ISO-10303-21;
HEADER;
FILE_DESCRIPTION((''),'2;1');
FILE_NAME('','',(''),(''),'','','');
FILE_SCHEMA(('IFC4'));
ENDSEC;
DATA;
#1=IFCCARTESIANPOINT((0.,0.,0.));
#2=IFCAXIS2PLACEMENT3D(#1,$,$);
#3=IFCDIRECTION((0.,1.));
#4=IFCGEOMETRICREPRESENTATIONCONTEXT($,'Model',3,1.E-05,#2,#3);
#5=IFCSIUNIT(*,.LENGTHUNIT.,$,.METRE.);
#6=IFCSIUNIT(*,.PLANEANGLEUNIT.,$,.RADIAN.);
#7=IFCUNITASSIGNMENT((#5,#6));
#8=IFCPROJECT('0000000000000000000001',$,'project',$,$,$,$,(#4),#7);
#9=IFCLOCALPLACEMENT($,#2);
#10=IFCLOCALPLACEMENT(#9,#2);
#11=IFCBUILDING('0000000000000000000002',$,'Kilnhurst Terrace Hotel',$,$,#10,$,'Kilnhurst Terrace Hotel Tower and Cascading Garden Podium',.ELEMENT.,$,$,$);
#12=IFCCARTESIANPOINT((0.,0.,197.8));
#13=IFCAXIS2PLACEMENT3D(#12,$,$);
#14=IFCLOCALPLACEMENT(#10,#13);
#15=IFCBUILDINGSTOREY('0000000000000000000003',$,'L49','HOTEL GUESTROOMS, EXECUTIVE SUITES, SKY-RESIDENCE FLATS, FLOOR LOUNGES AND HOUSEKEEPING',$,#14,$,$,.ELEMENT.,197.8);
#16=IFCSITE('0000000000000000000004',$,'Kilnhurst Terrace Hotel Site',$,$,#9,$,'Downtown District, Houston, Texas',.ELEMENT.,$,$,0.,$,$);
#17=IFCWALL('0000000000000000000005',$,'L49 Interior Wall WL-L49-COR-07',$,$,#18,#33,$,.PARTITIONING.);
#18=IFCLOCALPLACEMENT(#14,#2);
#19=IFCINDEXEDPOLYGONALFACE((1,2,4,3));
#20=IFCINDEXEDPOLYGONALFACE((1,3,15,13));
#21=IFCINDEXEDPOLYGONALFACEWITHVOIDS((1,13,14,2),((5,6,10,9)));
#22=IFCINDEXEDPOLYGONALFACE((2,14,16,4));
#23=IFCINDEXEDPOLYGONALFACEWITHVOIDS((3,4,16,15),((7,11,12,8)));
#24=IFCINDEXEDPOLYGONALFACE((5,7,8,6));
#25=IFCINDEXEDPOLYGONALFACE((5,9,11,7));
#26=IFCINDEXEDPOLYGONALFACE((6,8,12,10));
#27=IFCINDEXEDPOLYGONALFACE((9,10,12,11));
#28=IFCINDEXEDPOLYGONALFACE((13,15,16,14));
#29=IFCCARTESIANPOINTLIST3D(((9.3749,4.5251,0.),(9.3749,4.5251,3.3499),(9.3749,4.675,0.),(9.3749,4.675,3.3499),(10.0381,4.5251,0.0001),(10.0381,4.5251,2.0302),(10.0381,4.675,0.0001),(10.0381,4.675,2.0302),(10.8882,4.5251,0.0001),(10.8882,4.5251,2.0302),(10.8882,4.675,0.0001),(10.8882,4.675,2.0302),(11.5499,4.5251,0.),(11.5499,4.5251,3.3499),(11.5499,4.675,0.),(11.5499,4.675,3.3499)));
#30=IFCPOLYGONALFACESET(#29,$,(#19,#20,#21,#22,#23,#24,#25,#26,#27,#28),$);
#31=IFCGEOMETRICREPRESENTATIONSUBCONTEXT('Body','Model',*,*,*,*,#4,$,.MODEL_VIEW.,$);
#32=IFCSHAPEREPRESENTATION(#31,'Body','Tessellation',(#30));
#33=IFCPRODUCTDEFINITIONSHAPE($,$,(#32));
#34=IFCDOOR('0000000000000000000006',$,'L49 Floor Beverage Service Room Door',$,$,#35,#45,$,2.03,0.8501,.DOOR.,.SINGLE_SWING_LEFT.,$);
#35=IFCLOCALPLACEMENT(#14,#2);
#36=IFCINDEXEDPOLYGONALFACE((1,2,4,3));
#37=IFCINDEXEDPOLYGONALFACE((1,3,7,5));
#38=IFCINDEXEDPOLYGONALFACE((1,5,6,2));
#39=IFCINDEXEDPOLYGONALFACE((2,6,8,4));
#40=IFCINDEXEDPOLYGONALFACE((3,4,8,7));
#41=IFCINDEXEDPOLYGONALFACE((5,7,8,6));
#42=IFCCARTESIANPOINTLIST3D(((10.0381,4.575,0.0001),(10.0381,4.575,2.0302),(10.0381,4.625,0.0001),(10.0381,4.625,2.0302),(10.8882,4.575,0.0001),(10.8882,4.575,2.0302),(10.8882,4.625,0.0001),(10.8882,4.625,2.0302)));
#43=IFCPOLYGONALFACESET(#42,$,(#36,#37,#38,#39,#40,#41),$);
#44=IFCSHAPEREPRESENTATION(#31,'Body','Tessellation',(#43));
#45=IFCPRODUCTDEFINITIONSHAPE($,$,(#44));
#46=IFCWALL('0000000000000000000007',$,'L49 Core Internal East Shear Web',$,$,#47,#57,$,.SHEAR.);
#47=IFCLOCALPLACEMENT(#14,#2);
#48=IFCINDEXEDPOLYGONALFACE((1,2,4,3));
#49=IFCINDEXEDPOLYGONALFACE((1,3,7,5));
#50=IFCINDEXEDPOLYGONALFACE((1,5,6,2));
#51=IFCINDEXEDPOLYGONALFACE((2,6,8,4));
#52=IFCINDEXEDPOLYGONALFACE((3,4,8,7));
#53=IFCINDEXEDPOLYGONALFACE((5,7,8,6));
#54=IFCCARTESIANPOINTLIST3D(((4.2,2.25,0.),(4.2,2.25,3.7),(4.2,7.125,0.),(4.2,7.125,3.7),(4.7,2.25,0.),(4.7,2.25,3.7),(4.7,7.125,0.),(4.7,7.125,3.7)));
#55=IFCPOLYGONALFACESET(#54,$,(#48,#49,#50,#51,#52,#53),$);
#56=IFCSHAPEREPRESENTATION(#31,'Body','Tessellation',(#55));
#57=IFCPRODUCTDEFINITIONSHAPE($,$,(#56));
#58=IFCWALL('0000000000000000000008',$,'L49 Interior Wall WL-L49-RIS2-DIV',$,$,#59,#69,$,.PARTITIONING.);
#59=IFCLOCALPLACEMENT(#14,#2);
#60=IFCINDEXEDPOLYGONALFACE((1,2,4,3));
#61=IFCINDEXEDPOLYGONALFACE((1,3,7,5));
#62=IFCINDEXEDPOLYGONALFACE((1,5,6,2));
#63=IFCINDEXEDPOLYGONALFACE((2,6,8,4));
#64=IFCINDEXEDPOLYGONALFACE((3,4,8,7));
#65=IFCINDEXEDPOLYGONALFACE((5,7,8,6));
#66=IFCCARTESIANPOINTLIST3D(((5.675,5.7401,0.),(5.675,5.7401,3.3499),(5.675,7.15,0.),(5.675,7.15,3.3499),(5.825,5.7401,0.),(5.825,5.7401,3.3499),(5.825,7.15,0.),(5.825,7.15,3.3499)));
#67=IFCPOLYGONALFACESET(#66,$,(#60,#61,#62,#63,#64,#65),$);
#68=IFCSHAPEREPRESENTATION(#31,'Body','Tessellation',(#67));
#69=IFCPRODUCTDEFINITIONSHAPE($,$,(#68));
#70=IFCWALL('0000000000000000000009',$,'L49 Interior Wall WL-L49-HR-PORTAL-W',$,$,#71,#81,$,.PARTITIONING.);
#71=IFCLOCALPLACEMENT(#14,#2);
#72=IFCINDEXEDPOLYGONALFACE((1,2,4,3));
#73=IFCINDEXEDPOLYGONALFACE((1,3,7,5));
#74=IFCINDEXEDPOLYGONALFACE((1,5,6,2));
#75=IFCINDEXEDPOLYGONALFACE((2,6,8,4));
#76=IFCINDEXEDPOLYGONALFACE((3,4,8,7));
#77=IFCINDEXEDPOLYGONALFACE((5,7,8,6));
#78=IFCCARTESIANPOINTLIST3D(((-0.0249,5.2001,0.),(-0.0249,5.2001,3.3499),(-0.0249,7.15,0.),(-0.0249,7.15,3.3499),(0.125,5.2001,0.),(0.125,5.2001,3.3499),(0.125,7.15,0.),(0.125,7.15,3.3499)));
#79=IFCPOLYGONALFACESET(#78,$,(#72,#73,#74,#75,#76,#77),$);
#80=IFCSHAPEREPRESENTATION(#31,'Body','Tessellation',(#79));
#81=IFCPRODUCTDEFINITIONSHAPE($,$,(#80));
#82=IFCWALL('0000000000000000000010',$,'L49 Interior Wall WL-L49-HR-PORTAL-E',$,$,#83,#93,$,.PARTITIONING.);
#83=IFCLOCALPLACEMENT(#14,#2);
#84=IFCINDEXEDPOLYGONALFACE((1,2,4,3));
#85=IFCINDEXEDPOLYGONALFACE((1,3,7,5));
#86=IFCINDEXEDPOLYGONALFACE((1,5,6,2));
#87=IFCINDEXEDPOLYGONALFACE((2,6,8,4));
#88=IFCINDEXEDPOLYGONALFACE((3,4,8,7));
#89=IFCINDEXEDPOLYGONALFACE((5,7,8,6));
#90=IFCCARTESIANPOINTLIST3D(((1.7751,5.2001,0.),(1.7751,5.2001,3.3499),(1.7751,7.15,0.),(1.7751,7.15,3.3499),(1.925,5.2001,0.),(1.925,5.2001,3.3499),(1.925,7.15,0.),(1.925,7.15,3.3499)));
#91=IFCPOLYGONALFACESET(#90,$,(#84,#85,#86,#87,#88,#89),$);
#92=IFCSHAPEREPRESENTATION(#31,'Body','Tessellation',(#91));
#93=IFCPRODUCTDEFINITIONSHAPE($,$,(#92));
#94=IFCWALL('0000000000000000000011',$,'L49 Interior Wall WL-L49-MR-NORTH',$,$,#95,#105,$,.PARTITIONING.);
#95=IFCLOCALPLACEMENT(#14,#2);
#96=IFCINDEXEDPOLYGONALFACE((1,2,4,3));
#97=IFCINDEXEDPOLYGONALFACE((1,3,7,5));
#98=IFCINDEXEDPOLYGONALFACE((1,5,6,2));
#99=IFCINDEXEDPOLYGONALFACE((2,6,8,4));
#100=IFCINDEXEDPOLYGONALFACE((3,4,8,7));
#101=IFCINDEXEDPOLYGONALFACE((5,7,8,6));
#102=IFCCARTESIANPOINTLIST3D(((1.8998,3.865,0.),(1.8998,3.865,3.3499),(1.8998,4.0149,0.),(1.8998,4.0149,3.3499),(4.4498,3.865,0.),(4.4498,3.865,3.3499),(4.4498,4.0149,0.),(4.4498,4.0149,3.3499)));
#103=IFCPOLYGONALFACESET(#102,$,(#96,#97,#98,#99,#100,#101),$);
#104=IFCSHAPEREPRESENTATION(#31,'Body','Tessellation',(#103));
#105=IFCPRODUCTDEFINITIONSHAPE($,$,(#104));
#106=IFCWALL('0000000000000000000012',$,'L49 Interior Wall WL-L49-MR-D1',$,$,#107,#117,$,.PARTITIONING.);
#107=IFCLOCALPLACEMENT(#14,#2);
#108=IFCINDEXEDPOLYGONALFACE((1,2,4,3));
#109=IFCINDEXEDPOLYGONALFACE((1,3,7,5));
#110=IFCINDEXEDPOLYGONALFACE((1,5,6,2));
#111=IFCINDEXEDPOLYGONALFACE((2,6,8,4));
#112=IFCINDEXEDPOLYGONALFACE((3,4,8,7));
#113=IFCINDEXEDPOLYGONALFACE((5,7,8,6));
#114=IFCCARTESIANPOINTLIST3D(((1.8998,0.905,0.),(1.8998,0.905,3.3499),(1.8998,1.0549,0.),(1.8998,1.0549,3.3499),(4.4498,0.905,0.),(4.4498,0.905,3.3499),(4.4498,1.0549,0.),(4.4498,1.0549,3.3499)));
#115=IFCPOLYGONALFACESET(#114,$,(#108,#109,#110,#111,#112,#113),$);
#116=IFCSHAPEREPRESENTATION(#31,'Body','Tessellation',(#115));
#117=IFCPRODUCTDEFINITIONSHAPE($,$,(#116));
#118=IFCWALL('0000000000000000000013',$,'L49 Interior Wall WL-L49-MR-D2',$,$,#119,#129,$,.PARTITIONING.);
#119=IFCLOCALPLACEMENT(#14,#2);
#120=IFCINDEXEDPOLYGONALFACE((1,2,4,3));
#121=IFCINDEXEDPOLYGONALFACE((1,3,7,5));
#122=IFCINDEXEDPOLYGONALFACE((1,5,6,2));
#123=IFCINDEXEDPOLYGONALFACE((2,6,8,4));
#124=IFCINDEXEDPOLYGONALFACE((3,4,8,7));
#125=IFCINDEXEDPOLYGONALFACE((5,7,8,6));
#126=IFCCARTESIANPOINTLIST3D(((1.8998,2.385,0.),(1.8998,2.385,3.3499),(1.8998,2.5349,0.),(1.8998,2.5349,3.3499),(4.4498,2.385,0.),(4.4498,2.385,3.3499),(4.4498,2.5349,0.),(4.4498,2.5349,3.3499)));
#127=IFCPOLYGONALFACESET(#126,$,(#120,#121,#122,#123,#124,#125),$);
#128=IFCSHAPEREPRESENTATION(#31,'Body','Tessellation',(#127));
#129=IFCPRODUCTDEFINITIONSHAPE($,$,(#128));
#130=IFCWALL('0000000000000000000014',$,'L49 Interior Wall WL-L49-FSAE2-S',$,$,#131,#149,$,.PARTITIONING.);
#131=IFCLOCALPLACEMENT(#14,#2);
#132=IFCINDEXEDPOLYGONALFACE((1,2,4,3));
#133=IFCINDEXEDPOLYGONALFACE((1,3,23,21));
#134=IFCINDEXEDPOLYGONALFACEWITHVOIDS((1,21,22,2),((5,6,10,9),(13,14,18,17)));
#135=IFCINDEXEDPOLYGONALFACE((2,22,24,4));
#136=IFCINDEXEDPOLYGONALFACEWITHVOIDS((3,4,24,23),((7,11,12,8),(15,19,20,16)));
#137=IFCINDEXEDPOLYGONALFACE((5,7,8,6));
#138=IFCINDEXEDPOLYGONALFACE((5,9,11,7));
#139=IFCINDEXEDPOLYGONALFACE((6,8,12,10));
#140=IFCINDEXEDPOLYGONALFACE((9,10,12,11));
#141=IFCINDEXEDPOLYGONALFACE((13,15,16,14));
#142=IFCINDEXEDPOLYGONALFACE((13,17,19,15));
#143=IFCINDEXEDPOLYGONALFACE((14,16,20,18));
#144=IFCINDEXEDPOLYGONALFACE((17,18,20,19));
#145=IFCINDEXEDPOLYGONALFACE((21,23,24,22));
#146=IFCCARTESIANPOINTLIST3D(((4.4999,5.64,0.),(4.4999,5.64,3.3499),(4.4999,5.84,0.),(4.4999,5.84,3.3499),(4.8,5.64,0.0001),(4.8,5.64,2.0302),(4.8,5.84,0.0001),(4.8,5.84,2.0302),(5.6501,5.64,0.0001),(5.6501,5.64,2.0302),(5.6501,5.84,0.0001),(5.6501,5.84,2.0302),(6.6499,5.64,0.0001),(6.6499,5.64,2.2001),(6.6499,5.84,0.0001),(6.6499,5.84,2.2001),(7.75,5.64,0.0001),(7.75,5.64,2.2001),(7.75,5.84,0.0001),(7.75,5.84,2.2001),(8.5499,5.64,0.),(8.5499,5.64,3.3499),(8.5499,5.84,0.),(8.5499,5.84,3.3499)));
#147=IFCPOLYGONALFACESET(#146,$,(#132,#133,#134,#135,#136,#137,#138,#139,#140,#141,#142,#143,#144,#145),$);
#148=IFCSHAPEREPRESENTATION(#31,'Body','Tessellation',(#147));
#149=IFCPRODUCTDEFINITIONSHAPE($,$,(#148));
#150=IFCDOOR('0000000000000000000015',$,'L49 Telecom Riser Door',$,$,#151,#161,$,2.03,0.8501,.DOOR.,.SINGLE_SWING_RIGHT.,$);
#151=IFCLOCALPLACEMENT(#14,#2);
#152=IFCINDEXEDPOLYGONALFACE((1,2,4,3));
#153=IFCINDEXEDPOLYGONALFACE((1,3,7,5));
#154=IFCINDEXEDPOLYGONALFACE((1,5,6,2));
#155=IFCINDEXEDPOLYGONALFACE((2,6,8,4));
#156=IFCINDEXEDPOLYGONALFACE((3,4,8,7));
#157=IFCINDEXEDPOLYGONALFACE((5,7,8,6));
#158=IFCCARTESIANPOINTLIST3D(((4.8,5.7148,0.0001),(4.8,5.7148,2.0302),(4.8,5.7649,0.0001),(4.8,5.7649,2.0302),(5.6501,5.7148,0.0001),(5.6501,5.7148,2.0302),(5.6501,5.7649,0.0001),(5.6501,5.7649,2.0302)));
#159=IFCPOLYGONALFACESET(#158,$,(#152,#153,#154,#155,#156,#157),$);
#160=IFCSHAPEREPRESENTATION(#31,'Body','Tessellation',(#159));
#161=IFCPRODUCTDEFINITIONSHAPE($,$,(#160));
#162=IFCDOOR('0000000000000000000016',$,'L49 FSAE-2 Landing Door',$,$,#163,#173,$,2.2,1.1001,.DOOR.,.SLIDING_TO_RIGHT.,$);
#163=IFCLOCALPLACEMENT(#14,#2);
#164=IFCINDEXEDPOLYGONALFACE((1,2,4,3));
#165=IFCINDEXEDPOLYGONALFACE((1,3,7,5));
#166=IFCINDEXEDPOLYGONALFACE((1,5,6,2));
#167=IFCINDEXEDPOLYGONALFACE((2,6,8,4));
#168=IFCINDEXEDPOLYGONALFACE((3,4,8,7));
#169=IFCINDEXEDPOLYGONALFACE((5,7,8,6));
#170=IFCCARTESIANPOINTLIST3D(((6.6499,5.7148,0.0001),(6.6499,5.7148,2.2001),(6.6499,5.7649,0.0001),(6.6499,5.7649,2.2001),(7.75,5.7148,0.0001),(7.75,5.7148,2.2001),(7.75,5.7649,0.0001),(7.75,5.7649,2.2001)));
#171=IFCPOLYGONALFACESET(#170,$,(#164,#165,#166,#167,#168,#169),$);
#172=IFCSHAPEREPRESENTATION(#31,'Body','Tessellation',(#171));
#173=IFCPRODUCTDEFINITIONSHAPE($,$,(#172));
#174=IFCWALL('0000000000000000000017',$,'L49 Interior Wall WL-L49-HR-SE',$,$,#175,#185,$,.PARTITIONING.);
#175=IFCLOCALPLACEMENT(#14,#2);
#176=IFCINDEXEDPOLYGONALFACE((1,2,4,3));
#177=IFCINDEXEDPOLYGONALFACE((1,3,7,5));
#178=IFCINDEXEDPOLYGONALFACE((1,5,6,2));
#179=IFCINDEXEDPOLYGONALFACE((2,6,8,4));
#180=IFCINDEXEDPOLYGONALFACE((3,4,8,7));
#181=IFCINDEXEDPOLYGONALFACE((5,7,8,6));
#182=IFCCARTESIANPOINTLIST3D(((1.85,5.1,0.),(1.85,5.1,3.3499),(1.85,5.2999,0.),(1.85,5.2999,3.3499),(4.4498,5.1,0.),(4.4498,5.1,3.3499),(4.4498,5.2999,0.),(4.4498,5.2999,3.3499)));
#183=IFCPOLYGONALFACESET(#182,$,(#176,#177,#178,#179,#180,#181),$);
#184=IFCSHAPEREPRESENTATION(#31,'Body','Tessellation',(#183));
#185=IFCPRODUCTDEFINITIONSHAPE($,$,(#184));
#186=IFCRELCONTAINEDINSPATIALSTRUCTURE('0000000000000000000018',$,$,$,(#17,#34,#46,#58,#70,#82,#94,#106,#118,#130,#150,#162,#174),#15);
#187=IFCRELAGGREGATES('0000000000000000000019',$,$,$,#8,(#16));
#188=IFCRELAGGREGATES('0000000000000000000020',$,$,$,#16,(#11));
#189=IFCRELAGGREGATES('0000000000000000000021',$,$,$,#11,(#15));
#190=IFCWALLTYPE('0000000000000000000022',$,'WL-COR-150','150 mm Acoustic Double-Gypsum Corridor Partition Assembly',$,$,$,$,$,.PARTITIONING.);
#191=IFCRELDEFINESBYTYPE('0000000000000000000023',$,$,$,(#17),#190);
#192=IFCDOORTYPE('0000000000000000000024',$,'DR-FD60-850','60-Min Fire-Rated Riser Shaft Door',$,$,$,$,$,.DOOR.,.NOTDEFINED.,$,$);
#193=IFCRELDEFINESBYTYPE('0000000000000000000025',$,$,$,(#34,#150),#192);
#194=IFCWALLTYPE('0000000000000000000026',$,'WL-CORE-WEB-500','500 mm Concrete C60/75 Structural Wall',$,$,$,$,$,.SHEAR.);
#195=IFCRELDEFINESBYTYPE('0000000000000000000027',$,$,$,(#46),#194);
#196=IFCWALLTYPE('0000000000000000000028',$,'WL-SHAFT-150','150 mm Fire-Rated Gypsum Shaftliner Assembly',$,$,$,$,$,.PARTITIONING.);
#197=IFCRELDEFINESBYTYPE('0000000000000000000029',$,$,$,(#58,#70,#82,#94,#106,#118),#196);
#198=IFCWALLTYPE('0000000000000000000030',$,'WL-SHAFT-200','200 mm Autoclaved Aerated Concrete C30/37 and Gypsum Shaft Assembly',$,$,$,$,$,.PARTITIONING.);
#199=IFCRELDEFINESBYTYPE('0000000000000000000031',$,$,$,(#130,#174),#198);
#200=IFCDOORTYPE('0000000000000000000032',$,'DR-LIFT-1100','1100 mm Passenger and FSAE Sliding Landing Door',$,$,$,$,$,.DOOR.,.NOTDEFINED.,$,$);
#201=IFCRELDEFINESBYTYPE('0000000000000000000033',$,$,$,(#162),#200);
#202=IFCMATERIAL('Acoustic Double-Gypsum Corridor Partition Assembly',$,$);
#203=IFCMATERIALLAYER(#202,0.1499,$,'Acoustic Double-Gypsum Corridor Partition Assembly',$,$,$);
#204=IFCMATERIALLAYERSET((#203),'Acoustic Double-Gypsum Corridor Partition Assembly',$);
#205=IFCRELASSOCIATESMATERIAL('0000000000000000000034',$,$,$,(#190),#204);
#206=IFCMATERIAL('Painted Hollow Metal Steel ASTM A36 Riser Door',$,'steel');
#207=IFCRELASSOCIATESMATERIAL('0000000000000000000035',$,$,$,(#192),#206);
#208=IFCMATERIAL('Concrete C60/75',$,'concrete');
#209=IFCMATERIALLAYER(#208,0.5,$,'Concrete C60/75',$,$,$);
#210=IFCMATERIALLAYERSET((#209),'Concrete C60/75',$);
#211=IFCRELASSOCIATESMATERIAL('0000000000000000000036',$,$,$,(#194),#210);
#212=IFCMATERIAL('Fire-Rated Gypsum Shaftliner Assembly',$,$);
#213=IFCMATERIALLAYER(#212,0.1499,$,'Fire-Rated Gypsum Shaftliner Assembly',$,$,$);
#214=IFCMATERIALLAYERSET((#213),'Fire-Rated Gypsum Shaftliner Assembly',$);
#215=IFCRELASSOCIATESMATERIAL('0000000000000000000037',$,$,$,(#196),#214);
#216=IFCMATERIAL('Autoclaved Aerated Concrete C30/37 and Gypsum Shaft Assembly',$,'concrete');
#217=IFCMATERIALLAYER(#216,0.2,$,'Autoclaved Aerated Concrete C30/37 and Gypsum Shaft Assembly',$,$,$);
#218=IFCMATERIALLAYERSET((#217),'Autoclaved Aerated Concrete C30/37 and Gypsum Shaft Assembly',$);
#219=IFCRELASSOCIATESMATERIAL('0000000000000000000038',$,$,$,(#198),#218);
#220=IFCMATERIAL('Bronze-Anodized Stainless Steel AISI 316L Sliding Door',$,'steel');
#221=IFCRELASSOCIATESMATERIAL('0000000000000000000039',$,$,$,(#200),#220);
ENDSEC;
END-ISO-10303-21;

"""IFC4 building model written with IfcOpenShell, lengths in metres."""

from ifc_helpers import new_model, si_unit, direction, frame, frame_2d, origin, place, context, subcontext, project, spatial, rectangle, extrude, material, layer, layer_set, type_object, element, fill, save


model = new_model("IFC4")

# Units and contexts
model_context = context("Model", 3, precision=1e-05, world=origin(), true_north=direction((0.0, 1.0)))
body_context = subcontext(model_context, "Body", "Model", "MODEL_VIEW")
ifc_project = project(units=[si_unit("LENGTHUNIT", "METRE"), si_unit("PLANEANGLEUNIT", "RADIAN")], contexts=[model_context])

# Site, building, storey
site_placement = place(None, origin())
site = spatial("IfcSite", under=ifc_project, at=site_placement, Name="Kilnhurst Terrace Hotel Site", LongName="Downtown District, Houston, Texas", CompositionType="ELEMENT", RefElevation=0.0)
building_placement = place(site_placement, origin())
building = spatial("IfcBuilding", under=site, at=building_placement, Name="Kilnhurst Terrace Hotel", LongName="Kilnhurst Terrace Hotel Tower and Cascading Garden Podium", CompositionType="ELEMENT")
storey_placement = place(building_placement, frame((0.0, 0.0, 197.8)))
storey = spatial("IfcBuildingStorey", under=building, at=storey_placement, Name="L49", Description="HOTEL GUESTROOMS, EXECUTIVE SUITES, SKY-RESIDENCE FLATS, FLOOR LOUNGES AND HOUSEKEEPING", CompositionType="ELEMENT", Elevation=197.8)

# Wall, opening, door
ifc_material_1 = material(Name="Acoustic Double-Gypsum Corridor Partition Assembly")
ifc_layer_1 = layer(ifc_material_1, 0.1499, Name="Acoustic Double-Gypsum Corridor Partition Assembly")
ifc_layer_set_1 = layer_set([ifc_layer_1], Name="Acoustic Double-Gypsum Corridor Partition Assembly")
wall_type_1 = type_object("IfcWallType", Name="WL-COR-150", Description="150 mm Acoustic Double-Gypsum Corridor Partition Assembly", PredefinedType="PARTITIONING", material=ifc_layer_set_1)
wall_1_placement = place(storey_placement, frame((9.375, 4.6001, 0.0), z_axis=(0.0, 0.0, 1.0), x_axis=(1.0, 0.0, 0.0)))
wall_1 = element("IfcWall", 1, at=wall_1_placement, inside=storey, type_object=wall_type_1, Name="L49 Interior Wall WL-L49-COR-07", PredefinedType="PARTITIONING", context=body_context, shape_type="SweptSolid", body=[
    extrude(rectangle(XDim=2.175, YDim=0.1499, at=frame_2d((1.0874, 0.0))), origin(), (0.0, 0.0, 1.0), 3.3499),
])
opening_1_placement = place(wall_1_placement, frame((0.6631, 0.0, 0.0)))
opening_1 = element("IfcOpeningElement", 2, at=opening_1_placement, cuts=wall_1, PredefinedType="OPENING", context=body_context, shape_type="SweptSolid", body=[
    extrude(rectangle(XDim=0.8501, YDim=2.03, at=frame_2d((0.425, 1.0151))), frame((0.0, 0.085, 0.0), z_axis=(0.0, -1.0, 0.0), x_axis=(1.0, 0.0, 0.0)), (0.0, 0.0, 1.0), 0.1699),
])
ifc_material_2 = material(Name="Painted Hollow Metal Steel ASTM A36 Riser Door", Category="steel")
door_type_1 = type_object("IfcDoorType", Name="DR-FD60-850", Description="60-Min Fire-Rated Riser Shaft Door", OperationType="NOTDEFINED", PredefinedType="DOOR", material=ifc_material_2)
door_1_placement = place(opening_1_placement, origin())
door_1 = element("IfcDoor", 3, at=door_1_placement, inside=storey, type_object=door_type_1, Name="L49 Floor Beverage Service Room Door", OperationType="SINGLE_SWING_LEFT", OverallHeight=2.03, OverallWidth=0.8501, PredefinedType="DOOR", context=body_context, shape_type="SweptSolid", body=[
    extrude(rectangle(XDim=0.8501, YDim=2.03, at=frame_2d((0.425, 1.0151))), frame((0.0, 0.0249, 0.0), z_axis=(0.0, -1.0, 0.0), x_axis=(1.0, 0.0, 0.0)), (0.0, 0.0, 1.0), 0.05),
])
fill(opening_1, door_1)

# Walls
ifc_material_3 = material(Name="Concrete C60/75", Category="concrete")
ifc_layer_2 = layer(ifc_material_3, 0.5, Name="Concrete C60/75")
ifc_layer_set_2 = layer_set([ifc_layer_2], Name="Concrete C60/75")
wall_type_2 = type_object("IfcWallType", Name="WL-CORE-WEB-500", Description="500 mm Concrete C60/75 Structural Wall", PredefinedType="SHEAR", material=ifc_layer_set_2)
wall_2_placement = place(storey_placement, frame((4.45, 2.25, 0.0), z_axis=(0.0, 0.0, 1.0), x_axis=(0.0, 1.0, 0.0)))
element("IfcWall", 4, at=wall_2_placement, inside=storey, type_object=wall_type_2, Name="L49 Core Internal East Shear Web", PredefinedType="SHEAR", context=body_context, shape_type="SweptSolid", body=[
    extrude(rectangle(XDim=4.875, YDim=0.5, at=frame_2d((2.4375, 0.0))), origin(), (0.0, 0.0, 1.0), 3.7),
])
ifc_material_4 = material(Name="Fire-Rated Gypsum Shaftliner Assembly")
ifc_layer_3 = layer(ifc_material_4, 0.1499, Name="Fire-Rated Gypsum Shaftliner Assembly")
ifc_layer_set_3 = layer_set([ifc_layer_3], Name="Fire-Rated Gypsum Shaftliner Assembly")
wall_type_3 = type_object("IfcWallType", Name="WL-SHAFT-150", Description="150 mm Fire-Rated Gypsum Shaftliner Assembly", PredefinedType="PARTITIONING", material=ifc_layer_set_3)
wall_3_placement = place(storey_placement, frame((5.75, 5.74, 0.0), z_axis=(0.0, 0.0, 1.0), x_axis=(0.0, 1.0, 0.0)))
element("IfcWall", 5, at=wall_3_placement, inside=storey, type_object=wall_type_3, Name="L49 Interior Wall WL-L49-RIS2-DIV", PredefinedType="PARTITIONING", context=body_context, shape_type="SweptSolid", body=[
    extrude(rectangle(XDim=1.4099, YDim=0.1499, at=frame_2d((0.7051, 0.0))), origin(), (0.0, 0.0, 1.0), 3.3499),
])
for number, where, z_axis, x_axis, name in (
    (6, (0.05, 5.2, 0.0), (0.0, 0.0, 1.0), (0.0, 1.0, 0.0), "L49 Interior Wall WL-L49-HR-PORTAL-W"),
    (7, (1.8501, 5.2, 0.0), (0.0, 0.0, 1.0), (0.0, 1.0, 0.0), "L49 Interior Wall WL-L49-HR-PORTAL-E"),
):
    element("IfcWall", number, at=place(storey_placement, frame(where, z_axis=z_axis, x_axis=x_axis)), inside=storey, type_object=wall_type_3, Name=name, PredefinedType="PARTITIONING", context=body_context, shape_type="SweptSolid", body=[
        extrude(rectangle(XDim=1.95, YDim=0.1499, at=frame_2d((0.9751, 0.0))), origin(), (0.0, 0.0, 1.0), 3.3499),
    ])
for number, where, z_axis, x_axis, name in (
    (8, (1.8999, 3.9399, 0.0), (0.0, 0.0, 1.0), (1.0, 0.0, 0.0), "L49 Interior Wall WL-L49-MR-NORTH"),
    (9, (1.8999, 0.98, 0.0), (0.0, 0.0, 1.0), (1.0, 0.0, 0.0), "L49 Interior Wall WL-L49-MR-D1"),
    (10, (1.8999, 2.46, 0.0), (0.0, 0.0, 1.0), (1.0, 0.0, 0.0), "L49 Interior Wall WL-L49-MR-D2"),
):
    element("IfcWall", number, at=place(storey_placement, frame(where, z_axis=z_axis, x_axis=x_axis)), inside=storey, type_object=wall_type_3, Name=name, PredefinedType="PARTITIONING", context=body_context, shape_type="SweptSolid", body=[
        extrude(rectangle(XDim=2.55, YDim=0.1499, at=frame_2d((1.2749, 0.0))), origin(), (0.0, 0.0, 1.0), 3.3499),
    ])

# Wall, openings, doors
ifc_material_5 = material(Name="Autoclaved Aerated Concrete C30/37 and Gypsum Shaft Assembly", Category="concrete")
ifc_layer_4 = layer(ifc_material_5, 0.2, Name="Autoclaved Aerated Concrete C30/37 and Gypsum Shaft Assembly")
ifc_layer_set_4 = layer_set([ifc_layer_4], Name="Autoclaved Aerated Concrete C30/37 and Gypsum Shaft Assembly")
wall_type_4 = type_object("IfcWallType", Name="WL-SHAFT-200", Description="200 mm Autoclaved Aerated Concrete C30/37 and Gypsum Shaft Assembly", PredefinedType="PARTITIONING", material=ifc_layer_set_4)
wall_4_placement = place(storey_placement, frame((4.5, 5.74, 0.0), z_axis=(0.0, 0.0, 1.0), x_axis=(1.0, 0.0, 0.0)))
wall_4 = element("IfcWall", 11, at=wall_4_placement, inside=storey, type_object=wall_type_4, Name="L49 Interior Wall WL-L49-FSAE2-S", PredefinedType="PARTITIONING", context=body_context, shape_type="SweptSolid", body=[
    extrude(rectangle(XDim=4.05, YDim=0.2, at=frame_2d((2.0249, 0.0))), origin(), (0.0, 0.0, 1.0), 3.3499),
])
opening_2_placement = place(wall_4_placement, frame((0.3, 0.0, 0.0)))
opening_2 = element("IfcOpeningElement", 12, at=opening_2_placement, cuts=wall_4, PredefinedType="OPENING", context=body_context, shape_type="SweptSolid", body=[
    extrude(rectangle(XDim=0.8501, YDim=2.03, at=frame_2d((0.425, 1.0151))), frame((0.0, 0.1099, 0.0), z_axis=(0.0, -1.0, 0.0), x_axis=(1.0, 0.0, 0.0)), (0.0, 0.0, 1.0), 0.22),
])
opening_3_placement = place(wall_4_placement, frame((2.1499, 0.0, 0.0)))
opening_3 = element("IfcOpeningElement", 13, at=opening_3_placement, cuts=wall_4, PredefinedType="OPENING", context=body_context, shape_type="SweptSolid", body=[
    extrude(rectangle(XDim=1.1001, YDim=2.2, at=frame_2d((0.55, 1.1001))), frame((0.0, 0.1099, 0.0), z_axis=(0.0, -1.0, 0.0), x_axis=(1.0, 0.0, 0.0)), (0.0, 0.0, 1.0), 0.22),
])
door_2_placement = place(opening_2_placement, origin())
door_2 = element("IfcDoor", 14, at=door_2_placement, inside=storey, type_object=door_type_1, Name="L49 Telecom Riser Door", OperationType="SINGLE_SWING_RIGHT", OverallHeight=2.03, OverallWidth=0.8501, PredefinedType="DOOR", context=body_context, shape_type="SweptSolid", body=[
    extrude(rectangle(XDim=0.8501, YDim=2.03, at=frame_2d((0.425, 1.0151))), frame((0.0, 0.0249, 0.0), z_axis=(0.0, -1.0, 0.0), x_axis=(1.0, 0.0, 0.0)), (0.0, 0.0, 1.0), 0.05),
])
fill(opening_2, door_2)
ifc_material_6 = material(Name="Bronze-Anodized Stainless Steel AISI 316L Sliding Door", Category="steel")
door_type_2 = type_object("IfcDoorType", Name="DR-LIFT-1100", Description="1100 mm Passenger and FSAE Sliding Landing Door", OperationType="NOTDEFINED", PredefinedType="DOOR", material=ifc_material_6)
door_3_placement = place(opening_3_placement, origin())
door_3 = element("IfcDoor", 15, at=door_3_placement, inside=storey, type_object=door_type_2, Name="L49 FSAE-2 Landing Door", OperationType="SLIDING_TO_RIGHT", OverallHeight=2.2, OverallWidth=1.1001, PredefinedType="DOOR", context=body_context, shape_type="SweptSolid", body=[
    extrude(rectangle(XDim=1.1001, YDim=2.2, at=frame_2d((0.55, 1.1001))), frame((0.0, 0.0249, 0.0), z_axis=(0.0, -1.0, 0.0), x_axis=(1.0, 0.0, 0.0)), (0.0, 0.0, 1.0), 0.05),
])
fill(opening_3, door_3)

# Wall
wall_5_placement = place(storey_placement, frame((1.8501, 5.2, 0.0), z_axis=(0.0, 0.0, 1.0), x_axis=(1.0, 0.0, 0.0)))
element("IfcWall", 16, at=wall_5_placement, inside=storey, type_object=wall_type_4, Name="L49 Interior Wall WL-L49-HR-SE", PredefinedType="PARTITIONING", context=body_context, shape_type="SweptSolid", body=[
    extrude(rectangle(XDim=2.5999, YDim=0.2, at=frame_2d((1.2998, 0.0))), origin(), (0.0, 0.0, 1.0), 3.3499),
])

save(model, "model.ifc")
